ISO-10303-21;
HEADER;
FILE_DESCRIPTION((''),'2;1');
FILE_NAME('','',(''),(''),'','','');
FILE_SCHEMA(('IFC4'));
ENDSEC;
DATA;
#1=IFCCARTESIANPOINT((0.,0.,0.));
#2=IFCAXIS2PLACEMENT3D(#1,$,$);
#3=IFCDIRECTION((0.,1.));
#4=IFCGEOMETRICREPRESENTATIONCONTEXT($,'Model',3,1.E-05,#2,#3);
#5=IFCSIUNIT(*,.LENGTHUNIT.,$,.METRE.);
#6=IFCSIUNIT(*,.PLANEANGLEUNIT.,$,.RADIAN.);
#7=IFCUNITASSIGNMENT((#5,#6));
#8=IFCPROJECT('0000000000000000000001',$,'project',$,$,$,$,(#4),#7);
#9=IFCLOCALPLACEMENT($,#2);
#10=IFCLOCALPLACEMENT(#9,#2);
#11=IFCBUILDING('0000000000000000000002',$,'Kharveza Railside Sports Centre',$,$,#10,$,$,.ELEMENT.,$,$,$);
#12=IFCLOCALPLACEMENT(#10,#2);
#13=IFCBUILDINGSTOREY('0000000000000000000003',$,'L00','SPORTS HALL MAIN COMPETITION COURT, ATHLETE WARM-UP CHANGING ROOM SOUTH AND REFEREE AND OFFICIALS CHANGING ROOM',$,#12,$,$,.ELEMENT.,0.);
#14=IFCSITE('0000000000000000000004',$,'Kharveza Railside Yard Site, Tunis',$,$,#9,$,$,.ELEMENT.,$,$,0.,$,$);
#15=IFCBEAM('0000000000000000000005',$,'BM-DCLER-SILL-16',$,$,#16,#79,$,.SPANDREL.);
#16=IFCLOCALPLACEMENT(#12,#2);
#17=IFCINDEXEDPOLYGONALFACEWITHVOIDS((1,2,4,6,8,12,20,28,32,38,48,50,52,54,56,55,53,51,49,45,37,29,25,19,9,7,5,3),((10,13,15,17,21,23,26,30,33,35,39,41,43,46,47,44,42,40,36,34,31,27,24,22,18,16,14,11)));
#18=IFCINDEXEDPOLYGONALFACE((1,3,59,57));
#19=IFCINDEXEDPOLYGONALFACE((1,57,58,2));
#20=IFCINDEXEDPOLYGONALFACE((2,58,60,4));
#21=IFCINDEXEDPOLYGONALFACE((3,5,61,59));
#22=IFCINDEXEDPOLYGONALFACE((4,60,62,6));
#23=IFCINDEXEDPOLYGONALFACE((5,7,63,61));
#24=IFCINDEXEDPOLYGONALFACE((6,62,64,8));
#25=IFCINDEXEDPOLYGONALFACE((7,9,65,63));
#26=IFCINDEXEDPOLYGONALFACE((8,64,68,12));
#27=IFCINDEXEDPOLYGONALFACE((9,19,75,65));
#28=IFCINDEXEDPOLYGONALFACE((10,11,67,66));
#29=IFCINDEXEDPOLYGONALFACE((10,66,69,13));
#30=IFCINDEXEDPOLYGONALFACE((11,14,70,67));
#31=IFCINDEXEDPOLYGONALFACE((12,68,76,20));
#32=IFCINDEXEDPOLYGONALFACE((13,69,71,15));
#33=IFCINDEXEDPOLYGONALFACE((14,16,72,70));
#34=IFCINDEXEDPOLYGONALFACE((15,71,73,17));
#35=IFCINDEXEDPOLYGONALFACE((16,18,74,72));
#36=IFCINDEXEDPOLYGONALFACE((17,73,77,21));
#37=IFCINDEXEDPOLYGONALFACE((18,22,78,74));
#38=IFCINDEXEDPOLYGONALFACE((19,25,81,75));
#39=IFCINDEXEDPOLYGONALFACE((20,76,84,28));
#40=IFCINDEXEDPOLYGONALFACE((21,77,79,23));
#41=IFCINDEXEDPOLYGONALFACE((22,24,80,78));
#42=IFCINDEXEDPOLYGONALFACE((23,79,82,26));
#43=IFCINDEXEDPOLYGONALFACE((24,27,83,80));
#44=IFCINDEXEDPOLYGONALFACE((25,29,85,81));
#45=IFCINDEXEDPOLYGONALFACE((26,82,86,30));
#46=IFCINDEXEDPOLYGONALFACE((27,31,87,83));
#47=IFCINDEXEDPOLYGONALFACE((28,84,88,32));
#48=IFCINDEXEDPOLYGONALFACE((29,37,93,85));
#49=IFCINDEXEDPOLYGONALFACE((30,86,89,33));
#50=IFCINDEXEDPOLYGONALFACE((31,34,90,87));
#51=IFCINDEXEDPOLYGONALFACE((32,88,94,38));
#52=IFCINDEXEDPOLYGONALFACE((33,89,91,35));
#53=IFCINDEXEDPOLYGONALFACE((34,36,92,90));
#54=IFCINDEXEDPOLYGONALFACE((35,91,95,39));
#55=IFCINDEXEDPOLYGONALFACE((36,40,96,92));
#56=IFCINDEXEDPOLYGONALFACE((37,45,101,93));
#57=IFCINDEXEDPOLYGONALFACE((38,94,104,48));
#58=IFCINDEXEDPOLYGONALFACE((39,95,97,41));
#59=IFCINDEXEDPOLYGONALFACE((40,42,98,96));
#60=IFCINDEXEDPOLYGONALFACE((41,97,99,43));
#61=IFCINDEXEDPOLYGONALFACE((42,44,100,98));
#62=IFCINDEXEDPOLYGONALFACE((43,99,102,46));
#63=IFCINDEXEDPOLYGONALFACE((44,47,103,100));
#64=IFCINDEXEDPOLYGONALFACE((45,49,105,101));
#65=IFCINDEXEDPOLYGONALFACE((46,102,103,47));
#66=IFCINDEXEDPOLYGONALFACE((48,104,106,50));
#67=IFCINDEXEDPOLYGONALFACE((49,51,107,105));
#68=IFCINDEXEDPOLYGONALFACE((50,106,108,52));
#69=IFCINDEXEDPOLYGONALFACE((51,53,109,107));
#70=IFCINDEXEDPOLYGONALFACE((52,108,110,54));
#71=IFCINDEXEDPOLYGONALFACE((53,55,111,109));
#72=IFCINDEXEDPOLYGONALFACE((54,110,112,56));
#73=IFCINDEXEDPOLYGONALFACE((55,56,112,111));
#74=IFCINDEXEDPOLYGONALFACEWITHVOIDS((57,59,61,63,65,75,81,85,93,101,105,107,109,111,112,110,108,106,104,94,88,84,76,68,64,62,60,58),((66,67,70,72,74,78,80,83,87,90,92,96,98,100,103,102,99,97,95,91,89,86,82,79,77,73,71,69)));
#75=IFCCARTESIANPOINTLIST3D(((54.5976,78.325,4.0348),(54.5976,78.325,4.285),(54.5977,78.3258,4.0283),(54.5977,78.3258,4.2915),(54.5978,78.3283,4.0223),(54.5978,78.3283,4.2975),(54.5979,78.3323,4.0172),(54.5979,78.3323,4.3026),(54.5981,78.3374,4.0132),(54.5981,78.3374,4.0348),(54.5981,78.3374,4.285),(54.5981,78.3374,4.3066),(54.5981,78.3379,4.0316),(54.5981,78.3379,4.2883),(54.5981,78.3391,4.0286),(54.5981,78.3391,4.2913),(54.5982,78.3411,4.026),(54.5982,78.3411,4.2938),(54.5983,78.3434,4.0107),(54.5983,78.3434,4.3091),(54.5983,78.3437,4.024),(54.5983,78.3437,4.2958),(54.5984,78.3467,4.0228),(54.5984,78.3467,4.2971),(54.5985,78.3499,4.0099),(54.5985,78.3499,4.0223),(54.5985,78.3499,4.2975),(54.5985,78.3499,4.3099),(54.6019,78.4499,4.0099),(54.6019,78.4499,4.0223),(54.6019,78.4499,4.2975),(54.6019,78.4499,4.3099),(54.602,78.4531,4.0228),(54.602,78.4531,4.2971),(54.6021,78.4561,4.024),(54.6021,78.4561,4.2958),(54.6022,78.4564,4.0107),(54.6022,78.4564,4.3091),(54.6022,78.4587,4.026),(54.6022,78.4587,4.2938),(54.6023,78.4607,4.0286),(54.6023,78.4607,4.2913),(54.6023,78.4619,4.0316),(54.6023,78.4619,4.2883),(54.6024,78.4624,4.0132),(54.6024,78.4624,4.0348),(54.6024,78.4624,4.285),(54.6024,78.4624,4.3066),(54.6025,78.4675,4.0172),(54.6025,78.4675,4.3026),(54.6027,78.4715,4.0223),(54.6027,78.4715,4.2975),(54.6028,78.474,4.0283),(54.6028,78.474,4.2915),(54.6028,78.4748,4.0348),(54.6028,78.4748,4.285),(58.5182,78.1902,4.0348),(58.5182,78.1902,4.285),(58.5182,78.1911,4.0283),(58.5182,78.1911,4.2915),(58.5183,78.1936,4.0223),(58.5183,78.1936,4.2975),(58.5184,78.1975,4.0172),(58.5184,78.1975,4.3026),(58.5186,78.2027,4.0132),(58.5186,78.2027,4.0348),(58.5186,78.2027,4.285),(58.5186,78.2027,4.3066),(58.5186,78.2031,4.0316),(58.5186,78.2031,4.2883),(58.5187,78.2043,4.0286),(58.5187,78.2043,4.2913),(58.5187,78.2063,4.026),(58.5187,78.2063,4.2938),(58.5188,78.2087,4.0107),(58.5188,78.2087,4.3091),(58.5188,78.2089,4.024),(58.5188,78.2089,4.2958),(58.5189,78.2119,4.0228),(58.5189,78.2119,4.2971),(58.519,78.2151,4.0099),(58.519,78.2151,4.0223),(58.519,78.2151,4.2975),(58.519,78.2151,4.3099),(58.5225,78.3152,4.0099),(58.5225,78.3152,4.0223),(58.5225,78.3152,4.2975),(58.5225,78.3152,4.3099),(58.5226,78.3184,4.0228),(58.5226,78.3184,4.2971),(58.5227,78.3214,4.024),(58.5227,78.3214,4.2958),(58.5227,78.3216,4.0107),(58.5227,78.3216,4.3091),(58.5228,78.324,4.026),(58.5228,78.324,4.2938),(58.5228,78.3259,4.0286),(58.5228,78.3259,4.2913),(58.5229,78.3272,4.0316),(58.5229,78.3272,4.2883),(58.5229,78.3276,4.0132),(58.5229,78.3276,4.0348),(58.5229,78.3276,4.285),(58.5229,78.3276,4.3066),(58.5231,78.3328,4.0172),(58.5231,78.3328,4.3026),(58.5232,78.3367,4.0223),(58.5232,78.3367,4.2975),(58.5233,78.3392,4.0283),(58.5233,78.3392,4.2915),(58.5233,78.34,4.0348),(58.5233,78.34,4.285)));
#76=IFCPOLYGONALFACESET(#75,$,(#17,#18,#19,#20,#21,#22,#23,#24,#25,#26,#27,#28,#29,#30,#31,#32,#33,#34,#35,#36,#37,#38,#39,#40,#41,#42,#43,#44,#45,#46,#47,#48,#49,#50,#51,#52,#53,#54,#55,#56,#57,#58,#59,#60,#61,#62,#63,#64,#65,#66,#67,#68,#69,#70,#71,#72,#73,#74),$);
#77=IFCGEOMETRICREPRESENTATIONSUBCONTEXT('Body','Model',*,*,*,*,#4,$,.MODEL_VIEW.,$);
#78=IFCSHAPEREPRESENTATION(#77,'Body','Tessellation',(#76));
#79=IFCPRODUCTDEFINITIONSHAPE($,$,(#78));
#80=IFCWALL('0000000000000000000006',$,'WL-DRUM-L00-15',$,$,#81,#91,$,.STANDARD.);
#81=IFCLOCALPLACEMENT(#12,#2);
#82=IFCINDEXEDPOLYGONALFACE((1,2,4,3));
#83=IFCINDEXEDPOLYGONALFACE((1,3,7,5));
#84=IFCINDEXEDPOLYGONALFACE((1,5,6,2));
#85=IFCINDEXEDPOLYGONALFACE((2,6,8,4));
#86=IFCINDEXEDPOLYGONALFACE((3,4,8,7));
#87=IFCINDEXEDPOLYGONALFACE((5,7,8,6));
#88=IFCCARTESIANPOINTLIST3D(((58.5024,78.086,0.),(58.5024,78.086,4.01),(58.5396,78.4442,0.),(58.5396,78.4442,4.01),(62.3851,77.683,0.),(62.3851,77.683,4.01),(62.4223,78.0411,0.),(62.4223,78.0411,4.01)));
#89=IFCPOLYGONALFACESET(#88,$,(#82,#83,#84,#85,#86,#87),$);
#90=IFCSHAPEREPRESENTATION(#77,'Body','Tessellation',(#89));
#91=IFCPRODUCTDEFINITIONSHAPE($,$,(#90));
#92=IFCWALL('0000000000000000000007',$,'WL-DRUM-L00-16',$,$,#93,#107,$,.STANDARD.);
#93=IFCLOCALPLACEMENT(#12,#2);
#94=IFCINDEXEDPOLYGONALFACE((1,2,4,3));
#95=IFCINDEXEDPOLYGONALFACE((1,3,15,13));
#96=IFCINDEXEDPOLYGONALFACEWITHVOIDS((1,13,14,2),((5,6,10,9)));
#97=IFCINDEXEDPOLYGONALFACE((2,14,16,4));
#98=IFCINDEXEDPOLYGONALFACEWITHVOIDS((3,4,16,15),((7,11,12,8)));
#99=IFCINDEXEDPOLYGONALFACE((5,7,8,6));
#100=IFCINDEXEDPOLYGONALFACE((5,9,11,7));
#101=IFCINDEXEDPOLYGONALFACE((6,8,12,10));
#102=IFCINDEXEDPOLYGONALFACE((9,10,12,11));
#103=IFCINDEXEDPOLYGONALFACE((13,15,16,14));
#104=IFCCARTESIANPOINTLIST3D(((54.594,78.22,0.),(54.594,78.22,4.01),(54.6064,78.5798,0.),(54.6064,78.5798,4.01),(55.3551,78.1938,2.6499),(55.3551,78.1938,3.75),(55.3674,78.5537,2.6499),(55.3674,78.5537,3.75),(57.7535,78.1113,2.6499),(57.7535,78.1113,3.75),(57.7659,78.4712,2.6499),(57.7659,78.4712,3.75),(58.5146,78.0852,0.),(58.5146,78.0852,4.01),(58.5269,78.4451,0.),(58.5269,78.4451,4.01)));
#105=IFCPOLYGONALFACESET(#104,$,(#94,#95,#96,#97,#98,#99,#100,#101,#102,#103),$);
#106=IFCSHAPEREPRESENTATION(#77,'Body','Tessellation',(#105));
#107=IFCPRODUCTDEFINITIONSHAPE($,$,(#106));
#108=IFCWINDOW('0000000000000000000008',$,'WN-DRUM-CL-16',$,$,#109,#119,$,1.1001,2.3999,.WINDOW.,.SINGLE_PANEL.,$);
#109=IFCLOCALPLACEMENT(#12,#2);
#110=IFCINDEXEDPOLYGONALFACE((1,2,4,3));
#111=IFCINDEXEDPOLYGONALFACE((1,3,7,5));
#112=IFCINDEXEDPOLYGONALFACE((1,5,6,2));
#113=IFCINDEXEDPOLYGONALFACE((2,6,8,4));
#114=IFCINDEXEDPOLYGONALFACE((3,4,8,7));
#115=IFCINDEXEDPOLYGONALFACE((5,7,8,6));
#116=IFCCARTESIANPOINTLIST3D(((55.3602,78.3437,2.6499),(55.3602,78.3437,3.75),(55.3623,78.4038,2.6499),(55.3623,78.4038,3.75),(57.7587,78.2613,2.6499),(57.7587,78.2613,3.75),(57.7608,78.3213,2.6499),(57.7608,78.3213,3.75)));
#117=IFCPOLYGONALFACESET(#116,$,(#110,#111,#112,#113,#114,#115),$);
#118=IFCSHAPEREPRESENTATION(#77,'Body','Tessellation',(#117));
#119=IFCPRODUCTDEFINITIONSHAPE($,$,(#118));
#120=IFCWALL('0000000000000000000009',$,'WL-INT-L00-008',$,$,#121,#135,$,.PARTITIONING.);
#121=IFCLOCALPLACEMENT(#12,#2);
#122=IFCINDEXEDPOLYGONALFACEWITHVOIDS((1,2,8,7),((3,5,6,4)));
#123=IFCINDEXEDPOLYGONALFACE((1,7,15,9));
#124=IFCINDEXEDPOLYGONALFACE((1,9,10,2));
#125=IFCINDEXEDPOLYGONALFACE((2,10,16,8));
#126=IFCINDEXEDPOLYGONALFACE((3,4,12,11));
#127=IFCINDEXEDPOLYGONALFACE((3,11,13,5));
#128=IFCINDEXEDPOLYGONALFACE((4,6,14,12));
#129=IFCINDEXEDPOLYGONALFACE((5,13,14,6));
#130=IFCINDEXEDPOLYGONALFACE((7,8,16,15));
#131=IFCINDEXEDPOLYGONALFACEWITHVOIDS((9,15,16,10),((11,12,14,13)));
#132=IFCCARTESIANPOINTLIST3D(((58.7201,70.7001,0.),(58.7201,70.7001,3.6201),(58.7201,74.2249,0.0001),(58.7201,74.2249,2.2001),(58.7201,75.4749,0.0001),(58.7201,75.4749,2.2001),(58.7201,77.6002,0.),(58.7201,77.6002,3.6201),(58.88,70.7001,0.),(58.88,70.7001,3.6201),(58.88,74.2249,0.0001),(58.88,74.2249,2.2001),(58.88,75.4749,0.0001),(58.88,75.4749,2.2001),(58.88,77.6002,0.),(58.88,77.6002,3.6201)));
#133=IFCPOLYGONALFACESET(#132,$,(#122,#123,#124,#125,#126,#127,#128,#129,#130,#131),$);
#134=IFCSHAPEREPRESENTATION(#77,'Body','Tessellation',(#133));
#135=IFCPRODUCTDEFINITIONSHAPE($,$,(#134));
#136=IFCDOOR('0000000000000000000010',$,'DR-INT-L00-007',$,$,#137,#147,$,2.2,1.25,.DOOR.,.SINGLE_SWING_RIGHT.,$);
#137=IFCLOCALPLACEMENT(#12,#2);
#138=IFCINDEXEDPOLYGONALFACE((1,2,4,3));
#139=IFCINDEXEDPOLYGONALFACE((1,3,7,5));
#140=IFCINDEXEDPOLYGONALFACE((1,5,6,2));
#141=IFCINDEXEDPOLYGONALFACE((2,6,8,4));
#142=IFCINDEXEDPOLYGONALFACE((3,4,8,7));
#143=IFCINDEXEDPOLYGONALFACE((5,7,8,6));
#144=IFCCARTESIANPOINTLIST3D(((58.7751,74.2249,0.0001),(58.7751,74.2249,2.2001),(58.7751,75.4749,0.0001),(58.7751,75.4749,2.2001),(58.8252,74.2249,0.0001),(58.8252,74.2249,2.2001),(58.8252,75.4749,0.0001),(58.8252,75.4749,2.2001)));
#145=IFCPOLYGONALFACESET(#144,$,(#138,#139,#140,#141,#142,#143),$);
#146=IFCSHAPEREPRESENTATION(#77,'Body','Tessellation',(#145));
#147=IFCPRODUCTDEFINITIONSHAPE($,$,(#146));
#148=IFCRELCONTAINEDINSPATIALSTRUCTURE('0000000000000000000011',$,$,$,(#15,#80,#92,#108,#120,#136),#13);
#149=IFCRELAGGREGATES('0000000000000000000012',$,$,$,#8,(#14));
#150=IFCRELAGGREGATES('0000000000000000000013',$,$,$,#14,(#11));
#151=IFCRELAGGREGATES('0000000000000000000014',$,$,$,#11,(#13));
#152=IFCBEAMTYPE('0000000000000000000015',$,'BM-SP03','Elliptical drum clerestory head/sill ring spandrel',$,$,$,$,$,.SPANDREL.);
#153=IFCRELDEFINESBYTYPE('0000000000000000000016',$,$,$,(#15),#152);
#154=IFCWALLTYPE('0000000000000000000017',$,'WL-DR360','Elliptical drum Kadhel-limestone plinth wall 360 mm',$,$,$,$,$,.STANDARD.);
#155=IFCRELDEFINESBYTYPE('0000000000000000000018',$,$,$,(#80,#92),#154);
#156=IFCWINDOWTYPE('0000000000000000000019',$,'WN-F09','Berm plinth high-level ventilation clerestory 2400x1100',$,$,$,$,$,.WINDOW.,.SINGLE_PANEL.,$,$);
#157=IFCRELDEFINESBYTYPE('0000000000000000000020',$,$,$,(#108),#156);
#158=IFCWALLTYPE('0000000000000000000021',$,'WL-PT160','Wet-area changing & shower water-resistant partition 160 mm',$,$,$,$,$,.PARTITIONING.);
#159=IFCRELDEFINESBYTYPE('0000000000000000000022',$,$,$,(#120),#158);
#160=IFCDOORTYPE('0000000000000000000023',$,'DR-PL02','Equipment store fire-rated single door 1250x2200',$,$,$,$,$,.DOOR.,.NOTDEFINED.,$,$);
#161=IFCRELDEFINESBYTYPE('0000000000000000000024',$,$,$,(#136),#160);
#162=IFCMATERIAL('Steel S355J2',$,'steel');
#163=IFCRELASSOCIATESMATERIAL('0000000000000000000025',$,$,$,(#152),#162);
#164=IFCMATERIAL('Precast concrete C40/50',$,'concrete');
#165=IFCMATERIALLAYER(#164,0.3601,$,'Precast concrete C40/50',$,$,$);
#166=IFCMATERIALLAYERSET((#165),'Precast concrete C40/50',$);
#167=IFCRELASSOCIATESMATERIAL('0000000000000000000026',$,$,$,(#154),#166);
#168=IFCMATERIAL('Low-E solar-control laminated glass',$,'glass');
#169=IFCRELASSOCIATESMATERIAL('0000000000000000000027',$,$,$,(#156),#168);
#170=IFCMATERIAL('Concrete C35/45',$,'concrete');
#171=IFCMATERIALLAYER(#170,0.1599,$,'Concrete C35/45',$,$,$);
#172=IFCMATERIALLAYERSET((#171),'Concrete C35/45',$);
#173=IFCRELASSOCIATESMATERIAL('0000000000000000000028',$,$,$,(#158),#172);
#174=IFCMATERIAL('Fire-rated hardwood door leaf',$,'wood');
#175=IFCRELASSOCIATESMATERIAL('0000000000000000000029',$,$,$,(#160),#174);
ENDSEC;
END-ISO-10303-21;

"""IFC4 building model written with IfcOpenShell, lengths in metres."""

from ifc_helpers import new_model, si_unit, direction, frame, frame_2d, origin, origin_2d, place, context, subcontext, project, spatial, rectangle, hollow_rectangle, extrude, material, layer, layer_set, material_profile, profile_set, type_object, element, fill, save


model = new_model("IFC4")

# Units and contexts
model_context = context("Model", 3, precision=1e-05, world=origin(), true_north=direction((0.0, 1.0)))
body_context = subcontext(model_context, "Body", "Model", "MODEL_VIEW")
ifc_project = project(units=[si_unit("LENGTHUNIT", "METRE"), si_unit("PLANEANGLEUNIT", "RADIAN")], contexts=[model_context])

# Site, building, storey
site_placement = place(None, origin())
site = spatial("IfcSite", under=ifc_project, at=site_placement, Name="Kharveza Railside Yard Site, Tunis", CompositionType="ELEMENT", RefElevation=0.0)
building_placement = place(site_placement, origin())
building = spatial("IfcBuilding", under=site, at=building_placement, Name="Kharveza Railside Sports Centre", CompositionType="ELEMENT")
storey_placement = place(building_placement, origin())
storey = spatial("IfcBuildingStorey", under=building, at=storey_placement, Name="L00", Description="SPORTS HALL MAIN COMPETITION COURT, ATHLETE WARM-UP CHANGING ROOM SOUTH AND REFEREE AND OFFICIALS CHANGING ROOM", CompositionType="ELEMENT", Elevation=0.0)

# Shared definitions
ifc_material_1 = material(Name="Concrete C35/45", Category="concrete")

# Shared definitions
ifc_material_2 = material(Name="Steel S355J2", Category="steel")

# Beam
ifc_material_3 = material(Name="Precast concrete C40/50", Category="concrete")
ifc_material_profile_1 = material_profile(ifc_material_2, hollow_rectangle(XDim=0.1499, YDim=0.3, WallThickness=0.0125, InnerFilletRadius=0.0125, OuterFilletRadius=0.0249, at=origin_2d()), Name="RHS 150x300x12.5")
ifc_profile_set_1 = profile_set([ifc_material_profile_1], Name="Steel S355J2")
beam_type_1 = type_object("IfcBeamType", Name="BM-SP03", Description="Elliptical drum clerestory head/sill ring spandrel", PredefinedType="SPANDREL", material=ifc_profile_set_1)
beam_1_placement = place(storey_placement, frame((58.5208, 78.2651, 4.1599), z_axis=(-0.99941, 0.034353, 0.0), x_axis=(-0.034353, -0.99941, 0.0)))
element("IfcBeam", 1, at=beam_1_placement, inside=storey, type_object=beam_type_1, Name="BM-DCLER-SILL-16", PredefinedType="SPANDREL", context=body_context, shape_type="SweptSolid", body=[
    extrude(hollow_rectangle(XDim=0.1499, YDim=0.3, WallThickness=0.0125, InnerFilletRadius=0.0125, OuterFilletRadius=0.0249, at=origin_2d()), origin(), (0.0, 0.0, 1.0), 3.9229),
])

# Wall
ifc_layer_1 = layer(ifc_material_3, 0.3601, Name="Precast concrete C40/50")
ifc_layer_set_1 = layer_set([ifc_layer_1], Name="Precast concrete C40/50")
wall_type_1 = type_object("IfcWallType", Name="WL-DR360", Description="Elliptical drum Kadhel-limestone plinth wall 360 mm", PredefinedType="STANDARD", material=ifc_layer_set_1)
wall_1_placement = place(storey_placement, frame((62.4036, 77.8621, 0.0), z_axis=(0.0, 0.0, 1.0), x_axis=(-0.994655, 0.103255, 0.0)))
element("IfcWall", 2, at=wall_1_placement, inside=storey, type_object=wall_type_1, Name="WL-DRUM-L00-15", PredefinedType="STANDARD", context=body_context, shape_type="SweptSolid", body=[
    extrude(rectangle(XDim=3.9036, YDim=0.3601, at=frame_2d((1.9517, 0.0))), origin(), (0.0, 0.0, 1.0), 4.01),
])

# Wall, opening, window
wall_2_placement = place(storey_placement, frame((58.5208, 78.2651, 0.0), z_axis=(0.0, 0.0, 1.0), x_axis=(-0.99941, 0.034353, 0.0)))
wall_2 = element("IfcWall", 3, at=wall_2_placement, inside=storey, type_object=wall_type_1, Name="WL-DRUM-L00-16", PredefinedType="STANDARD", context=body_context, shape_type="SweptSolid", body=[
    extrude(rectangle(XDim=3.9229, YDim=0.3601, at=frame_2d((1.9614, 0.0))), origin(), (0.0, 0.0, 1.0), 4.01),
])
opening_1_placement = place(wall_2_placement, frame((0.7615, 0.0, 2.6499)))
opening_1 = element("IfcOpeningElement", 4, at=opening_1_placement, cuts=wall_2, PredefinedType="OPENING", context=body_context, shape_type="SweptSolid", body=[
    extrude(rectangle(XDim=2.3999, YDim=1.1001, at=frame_2d((1.2, 0.55))), frame((0.0, 0.2051, 0.0), z_axis=(0.0, -1.0, 0.0), x_axis=(1.0, 0.0, 0.0)), (0.0, 0.0, 1.0), 0.4099),
])
ifc_material_4 = material(Name="Low-E solar-control laminated glass", Category="glass")
window_type = type_object("IfcWindowType", Name="WN-F09", Description="Berm plinth high-level ventilation clerestory 2400x1100", PartitioningType="SINGLE_PANEL", PredefinedType="WINDOW", material=ifc_material_4)
window_placement = place(opening_1_placement, origin())
window = element("IfcWindow", 5, at=window_placement, inside=storey, type_object=window_type, Name="WN-DRUM-CL-16", OverallHeight=1.1001, OverallWidth=2.3999, PartitioningType="SINGLE_PANEL", PredefinedType="WINDOW", context=body_context, shape_type="SweptSolid", body=[
    extrude(rectangle(XDim=2.3999, YDim=1.1001, at=frame_2d((1.2, 0.55))), frame((0.0, 0.03, 0.0), z_axis=(0.0, -1.0, 0.0), x_axis=(1.0, 0.0, 0.0)), (0.0, 0.0, 1.0), 0.0601),
])
fill(opening_1, window)

# Wall, opening, door
ifc_layer_2 = layer(ifc_material_1, 0.1599, Name="Concrete C35/45")
ifc_layer_set_2 = layer_set([ifc_layer_2], Name="Concrete C35/45")
wall_type_2 = type_object("IfcWallType", Name="WL-PT160", Description="Wet-area changing & shower water-resistant partition 160 mm", PredefinedType="PARTITIONING", material=ifc_layer_set_2)
wall_3_placement = place(storey_placement, frame((58.8, 70.7, 0.0), z_axis=(0.0, 0.0, 1.0), x_axis=(0.0, 1.0, 0.0)))
wall_3 = element("IfcWall", 6, at=wall_3_placement, inside=storey, type_object=wall_type_2, Name="WL-INT-L00-008", PredefinedType="PARTITIONING", context=body_context, shape_type="SweptSolid", body=[
    extrude(rectangle(XDim=6.9001, YDim=0.1599, at=frame_2d((3.4502, 0.0))), origin(), (0.0, 0.0, 1.0), 3.6201),
])
opening_2_placement = place(wall_3_placement, frame((3.5249, 0.0, 0.0)))
opening_2 = element("IfcOpeningElement", 7, at=opening_2_placement, cuts=wall_3, PredefinedType="OPENING", context=body_context, shape_type="SweptSolid", body=[
    extrude(rectangle(XDim=1.25, YDim=2.2, at=frame_2d((0.625, 1.1001))), frame((0.0, 0.105, 0.0), z_axis=(0.0, -1.0, 0.0), x_axis=(1.0, 0.0, 0.0)), (0.0, 0.0, 1.0), 0.2097),
])
ifc_material_5 = material(Name="Fire-rated hardwood door leaf", Category="wood")
door_type = type_object("IfcDoorType", Name="DR-PL02", Description="Equipment store fire-rated single door 1250x2200", OperationType="NOTDEFINED", PredefinedType="DOOR", material=ifc_material_5)
door_placement = place(opening_2_placement, origin())
door = element("IfcDoor", 8, at=door_placement, inside=storey, type_object=door_type, Name="DR-INT-L00-007", OperationType="SINGLE_SWING_RIGHT", OverallHeight=2.2, OverallWidth=1.25, PredefinedType="DOOR", context=body_context, shape_type="SweptSolid", body=[
    extrude(rectangle(XDim=1.25, YDim=2.2, at=frame_2d((0.625, 1.1001))), frame((0.0, 0.0249, 0.0), z_axis=(0.0, -1.0, 0.0), x_axis=(1.0, 0.0, 0.0)), (0.0, 0.0, 1.0), 0.05),
])
fill(opening_2, door)

save(model, "model.ifc")
